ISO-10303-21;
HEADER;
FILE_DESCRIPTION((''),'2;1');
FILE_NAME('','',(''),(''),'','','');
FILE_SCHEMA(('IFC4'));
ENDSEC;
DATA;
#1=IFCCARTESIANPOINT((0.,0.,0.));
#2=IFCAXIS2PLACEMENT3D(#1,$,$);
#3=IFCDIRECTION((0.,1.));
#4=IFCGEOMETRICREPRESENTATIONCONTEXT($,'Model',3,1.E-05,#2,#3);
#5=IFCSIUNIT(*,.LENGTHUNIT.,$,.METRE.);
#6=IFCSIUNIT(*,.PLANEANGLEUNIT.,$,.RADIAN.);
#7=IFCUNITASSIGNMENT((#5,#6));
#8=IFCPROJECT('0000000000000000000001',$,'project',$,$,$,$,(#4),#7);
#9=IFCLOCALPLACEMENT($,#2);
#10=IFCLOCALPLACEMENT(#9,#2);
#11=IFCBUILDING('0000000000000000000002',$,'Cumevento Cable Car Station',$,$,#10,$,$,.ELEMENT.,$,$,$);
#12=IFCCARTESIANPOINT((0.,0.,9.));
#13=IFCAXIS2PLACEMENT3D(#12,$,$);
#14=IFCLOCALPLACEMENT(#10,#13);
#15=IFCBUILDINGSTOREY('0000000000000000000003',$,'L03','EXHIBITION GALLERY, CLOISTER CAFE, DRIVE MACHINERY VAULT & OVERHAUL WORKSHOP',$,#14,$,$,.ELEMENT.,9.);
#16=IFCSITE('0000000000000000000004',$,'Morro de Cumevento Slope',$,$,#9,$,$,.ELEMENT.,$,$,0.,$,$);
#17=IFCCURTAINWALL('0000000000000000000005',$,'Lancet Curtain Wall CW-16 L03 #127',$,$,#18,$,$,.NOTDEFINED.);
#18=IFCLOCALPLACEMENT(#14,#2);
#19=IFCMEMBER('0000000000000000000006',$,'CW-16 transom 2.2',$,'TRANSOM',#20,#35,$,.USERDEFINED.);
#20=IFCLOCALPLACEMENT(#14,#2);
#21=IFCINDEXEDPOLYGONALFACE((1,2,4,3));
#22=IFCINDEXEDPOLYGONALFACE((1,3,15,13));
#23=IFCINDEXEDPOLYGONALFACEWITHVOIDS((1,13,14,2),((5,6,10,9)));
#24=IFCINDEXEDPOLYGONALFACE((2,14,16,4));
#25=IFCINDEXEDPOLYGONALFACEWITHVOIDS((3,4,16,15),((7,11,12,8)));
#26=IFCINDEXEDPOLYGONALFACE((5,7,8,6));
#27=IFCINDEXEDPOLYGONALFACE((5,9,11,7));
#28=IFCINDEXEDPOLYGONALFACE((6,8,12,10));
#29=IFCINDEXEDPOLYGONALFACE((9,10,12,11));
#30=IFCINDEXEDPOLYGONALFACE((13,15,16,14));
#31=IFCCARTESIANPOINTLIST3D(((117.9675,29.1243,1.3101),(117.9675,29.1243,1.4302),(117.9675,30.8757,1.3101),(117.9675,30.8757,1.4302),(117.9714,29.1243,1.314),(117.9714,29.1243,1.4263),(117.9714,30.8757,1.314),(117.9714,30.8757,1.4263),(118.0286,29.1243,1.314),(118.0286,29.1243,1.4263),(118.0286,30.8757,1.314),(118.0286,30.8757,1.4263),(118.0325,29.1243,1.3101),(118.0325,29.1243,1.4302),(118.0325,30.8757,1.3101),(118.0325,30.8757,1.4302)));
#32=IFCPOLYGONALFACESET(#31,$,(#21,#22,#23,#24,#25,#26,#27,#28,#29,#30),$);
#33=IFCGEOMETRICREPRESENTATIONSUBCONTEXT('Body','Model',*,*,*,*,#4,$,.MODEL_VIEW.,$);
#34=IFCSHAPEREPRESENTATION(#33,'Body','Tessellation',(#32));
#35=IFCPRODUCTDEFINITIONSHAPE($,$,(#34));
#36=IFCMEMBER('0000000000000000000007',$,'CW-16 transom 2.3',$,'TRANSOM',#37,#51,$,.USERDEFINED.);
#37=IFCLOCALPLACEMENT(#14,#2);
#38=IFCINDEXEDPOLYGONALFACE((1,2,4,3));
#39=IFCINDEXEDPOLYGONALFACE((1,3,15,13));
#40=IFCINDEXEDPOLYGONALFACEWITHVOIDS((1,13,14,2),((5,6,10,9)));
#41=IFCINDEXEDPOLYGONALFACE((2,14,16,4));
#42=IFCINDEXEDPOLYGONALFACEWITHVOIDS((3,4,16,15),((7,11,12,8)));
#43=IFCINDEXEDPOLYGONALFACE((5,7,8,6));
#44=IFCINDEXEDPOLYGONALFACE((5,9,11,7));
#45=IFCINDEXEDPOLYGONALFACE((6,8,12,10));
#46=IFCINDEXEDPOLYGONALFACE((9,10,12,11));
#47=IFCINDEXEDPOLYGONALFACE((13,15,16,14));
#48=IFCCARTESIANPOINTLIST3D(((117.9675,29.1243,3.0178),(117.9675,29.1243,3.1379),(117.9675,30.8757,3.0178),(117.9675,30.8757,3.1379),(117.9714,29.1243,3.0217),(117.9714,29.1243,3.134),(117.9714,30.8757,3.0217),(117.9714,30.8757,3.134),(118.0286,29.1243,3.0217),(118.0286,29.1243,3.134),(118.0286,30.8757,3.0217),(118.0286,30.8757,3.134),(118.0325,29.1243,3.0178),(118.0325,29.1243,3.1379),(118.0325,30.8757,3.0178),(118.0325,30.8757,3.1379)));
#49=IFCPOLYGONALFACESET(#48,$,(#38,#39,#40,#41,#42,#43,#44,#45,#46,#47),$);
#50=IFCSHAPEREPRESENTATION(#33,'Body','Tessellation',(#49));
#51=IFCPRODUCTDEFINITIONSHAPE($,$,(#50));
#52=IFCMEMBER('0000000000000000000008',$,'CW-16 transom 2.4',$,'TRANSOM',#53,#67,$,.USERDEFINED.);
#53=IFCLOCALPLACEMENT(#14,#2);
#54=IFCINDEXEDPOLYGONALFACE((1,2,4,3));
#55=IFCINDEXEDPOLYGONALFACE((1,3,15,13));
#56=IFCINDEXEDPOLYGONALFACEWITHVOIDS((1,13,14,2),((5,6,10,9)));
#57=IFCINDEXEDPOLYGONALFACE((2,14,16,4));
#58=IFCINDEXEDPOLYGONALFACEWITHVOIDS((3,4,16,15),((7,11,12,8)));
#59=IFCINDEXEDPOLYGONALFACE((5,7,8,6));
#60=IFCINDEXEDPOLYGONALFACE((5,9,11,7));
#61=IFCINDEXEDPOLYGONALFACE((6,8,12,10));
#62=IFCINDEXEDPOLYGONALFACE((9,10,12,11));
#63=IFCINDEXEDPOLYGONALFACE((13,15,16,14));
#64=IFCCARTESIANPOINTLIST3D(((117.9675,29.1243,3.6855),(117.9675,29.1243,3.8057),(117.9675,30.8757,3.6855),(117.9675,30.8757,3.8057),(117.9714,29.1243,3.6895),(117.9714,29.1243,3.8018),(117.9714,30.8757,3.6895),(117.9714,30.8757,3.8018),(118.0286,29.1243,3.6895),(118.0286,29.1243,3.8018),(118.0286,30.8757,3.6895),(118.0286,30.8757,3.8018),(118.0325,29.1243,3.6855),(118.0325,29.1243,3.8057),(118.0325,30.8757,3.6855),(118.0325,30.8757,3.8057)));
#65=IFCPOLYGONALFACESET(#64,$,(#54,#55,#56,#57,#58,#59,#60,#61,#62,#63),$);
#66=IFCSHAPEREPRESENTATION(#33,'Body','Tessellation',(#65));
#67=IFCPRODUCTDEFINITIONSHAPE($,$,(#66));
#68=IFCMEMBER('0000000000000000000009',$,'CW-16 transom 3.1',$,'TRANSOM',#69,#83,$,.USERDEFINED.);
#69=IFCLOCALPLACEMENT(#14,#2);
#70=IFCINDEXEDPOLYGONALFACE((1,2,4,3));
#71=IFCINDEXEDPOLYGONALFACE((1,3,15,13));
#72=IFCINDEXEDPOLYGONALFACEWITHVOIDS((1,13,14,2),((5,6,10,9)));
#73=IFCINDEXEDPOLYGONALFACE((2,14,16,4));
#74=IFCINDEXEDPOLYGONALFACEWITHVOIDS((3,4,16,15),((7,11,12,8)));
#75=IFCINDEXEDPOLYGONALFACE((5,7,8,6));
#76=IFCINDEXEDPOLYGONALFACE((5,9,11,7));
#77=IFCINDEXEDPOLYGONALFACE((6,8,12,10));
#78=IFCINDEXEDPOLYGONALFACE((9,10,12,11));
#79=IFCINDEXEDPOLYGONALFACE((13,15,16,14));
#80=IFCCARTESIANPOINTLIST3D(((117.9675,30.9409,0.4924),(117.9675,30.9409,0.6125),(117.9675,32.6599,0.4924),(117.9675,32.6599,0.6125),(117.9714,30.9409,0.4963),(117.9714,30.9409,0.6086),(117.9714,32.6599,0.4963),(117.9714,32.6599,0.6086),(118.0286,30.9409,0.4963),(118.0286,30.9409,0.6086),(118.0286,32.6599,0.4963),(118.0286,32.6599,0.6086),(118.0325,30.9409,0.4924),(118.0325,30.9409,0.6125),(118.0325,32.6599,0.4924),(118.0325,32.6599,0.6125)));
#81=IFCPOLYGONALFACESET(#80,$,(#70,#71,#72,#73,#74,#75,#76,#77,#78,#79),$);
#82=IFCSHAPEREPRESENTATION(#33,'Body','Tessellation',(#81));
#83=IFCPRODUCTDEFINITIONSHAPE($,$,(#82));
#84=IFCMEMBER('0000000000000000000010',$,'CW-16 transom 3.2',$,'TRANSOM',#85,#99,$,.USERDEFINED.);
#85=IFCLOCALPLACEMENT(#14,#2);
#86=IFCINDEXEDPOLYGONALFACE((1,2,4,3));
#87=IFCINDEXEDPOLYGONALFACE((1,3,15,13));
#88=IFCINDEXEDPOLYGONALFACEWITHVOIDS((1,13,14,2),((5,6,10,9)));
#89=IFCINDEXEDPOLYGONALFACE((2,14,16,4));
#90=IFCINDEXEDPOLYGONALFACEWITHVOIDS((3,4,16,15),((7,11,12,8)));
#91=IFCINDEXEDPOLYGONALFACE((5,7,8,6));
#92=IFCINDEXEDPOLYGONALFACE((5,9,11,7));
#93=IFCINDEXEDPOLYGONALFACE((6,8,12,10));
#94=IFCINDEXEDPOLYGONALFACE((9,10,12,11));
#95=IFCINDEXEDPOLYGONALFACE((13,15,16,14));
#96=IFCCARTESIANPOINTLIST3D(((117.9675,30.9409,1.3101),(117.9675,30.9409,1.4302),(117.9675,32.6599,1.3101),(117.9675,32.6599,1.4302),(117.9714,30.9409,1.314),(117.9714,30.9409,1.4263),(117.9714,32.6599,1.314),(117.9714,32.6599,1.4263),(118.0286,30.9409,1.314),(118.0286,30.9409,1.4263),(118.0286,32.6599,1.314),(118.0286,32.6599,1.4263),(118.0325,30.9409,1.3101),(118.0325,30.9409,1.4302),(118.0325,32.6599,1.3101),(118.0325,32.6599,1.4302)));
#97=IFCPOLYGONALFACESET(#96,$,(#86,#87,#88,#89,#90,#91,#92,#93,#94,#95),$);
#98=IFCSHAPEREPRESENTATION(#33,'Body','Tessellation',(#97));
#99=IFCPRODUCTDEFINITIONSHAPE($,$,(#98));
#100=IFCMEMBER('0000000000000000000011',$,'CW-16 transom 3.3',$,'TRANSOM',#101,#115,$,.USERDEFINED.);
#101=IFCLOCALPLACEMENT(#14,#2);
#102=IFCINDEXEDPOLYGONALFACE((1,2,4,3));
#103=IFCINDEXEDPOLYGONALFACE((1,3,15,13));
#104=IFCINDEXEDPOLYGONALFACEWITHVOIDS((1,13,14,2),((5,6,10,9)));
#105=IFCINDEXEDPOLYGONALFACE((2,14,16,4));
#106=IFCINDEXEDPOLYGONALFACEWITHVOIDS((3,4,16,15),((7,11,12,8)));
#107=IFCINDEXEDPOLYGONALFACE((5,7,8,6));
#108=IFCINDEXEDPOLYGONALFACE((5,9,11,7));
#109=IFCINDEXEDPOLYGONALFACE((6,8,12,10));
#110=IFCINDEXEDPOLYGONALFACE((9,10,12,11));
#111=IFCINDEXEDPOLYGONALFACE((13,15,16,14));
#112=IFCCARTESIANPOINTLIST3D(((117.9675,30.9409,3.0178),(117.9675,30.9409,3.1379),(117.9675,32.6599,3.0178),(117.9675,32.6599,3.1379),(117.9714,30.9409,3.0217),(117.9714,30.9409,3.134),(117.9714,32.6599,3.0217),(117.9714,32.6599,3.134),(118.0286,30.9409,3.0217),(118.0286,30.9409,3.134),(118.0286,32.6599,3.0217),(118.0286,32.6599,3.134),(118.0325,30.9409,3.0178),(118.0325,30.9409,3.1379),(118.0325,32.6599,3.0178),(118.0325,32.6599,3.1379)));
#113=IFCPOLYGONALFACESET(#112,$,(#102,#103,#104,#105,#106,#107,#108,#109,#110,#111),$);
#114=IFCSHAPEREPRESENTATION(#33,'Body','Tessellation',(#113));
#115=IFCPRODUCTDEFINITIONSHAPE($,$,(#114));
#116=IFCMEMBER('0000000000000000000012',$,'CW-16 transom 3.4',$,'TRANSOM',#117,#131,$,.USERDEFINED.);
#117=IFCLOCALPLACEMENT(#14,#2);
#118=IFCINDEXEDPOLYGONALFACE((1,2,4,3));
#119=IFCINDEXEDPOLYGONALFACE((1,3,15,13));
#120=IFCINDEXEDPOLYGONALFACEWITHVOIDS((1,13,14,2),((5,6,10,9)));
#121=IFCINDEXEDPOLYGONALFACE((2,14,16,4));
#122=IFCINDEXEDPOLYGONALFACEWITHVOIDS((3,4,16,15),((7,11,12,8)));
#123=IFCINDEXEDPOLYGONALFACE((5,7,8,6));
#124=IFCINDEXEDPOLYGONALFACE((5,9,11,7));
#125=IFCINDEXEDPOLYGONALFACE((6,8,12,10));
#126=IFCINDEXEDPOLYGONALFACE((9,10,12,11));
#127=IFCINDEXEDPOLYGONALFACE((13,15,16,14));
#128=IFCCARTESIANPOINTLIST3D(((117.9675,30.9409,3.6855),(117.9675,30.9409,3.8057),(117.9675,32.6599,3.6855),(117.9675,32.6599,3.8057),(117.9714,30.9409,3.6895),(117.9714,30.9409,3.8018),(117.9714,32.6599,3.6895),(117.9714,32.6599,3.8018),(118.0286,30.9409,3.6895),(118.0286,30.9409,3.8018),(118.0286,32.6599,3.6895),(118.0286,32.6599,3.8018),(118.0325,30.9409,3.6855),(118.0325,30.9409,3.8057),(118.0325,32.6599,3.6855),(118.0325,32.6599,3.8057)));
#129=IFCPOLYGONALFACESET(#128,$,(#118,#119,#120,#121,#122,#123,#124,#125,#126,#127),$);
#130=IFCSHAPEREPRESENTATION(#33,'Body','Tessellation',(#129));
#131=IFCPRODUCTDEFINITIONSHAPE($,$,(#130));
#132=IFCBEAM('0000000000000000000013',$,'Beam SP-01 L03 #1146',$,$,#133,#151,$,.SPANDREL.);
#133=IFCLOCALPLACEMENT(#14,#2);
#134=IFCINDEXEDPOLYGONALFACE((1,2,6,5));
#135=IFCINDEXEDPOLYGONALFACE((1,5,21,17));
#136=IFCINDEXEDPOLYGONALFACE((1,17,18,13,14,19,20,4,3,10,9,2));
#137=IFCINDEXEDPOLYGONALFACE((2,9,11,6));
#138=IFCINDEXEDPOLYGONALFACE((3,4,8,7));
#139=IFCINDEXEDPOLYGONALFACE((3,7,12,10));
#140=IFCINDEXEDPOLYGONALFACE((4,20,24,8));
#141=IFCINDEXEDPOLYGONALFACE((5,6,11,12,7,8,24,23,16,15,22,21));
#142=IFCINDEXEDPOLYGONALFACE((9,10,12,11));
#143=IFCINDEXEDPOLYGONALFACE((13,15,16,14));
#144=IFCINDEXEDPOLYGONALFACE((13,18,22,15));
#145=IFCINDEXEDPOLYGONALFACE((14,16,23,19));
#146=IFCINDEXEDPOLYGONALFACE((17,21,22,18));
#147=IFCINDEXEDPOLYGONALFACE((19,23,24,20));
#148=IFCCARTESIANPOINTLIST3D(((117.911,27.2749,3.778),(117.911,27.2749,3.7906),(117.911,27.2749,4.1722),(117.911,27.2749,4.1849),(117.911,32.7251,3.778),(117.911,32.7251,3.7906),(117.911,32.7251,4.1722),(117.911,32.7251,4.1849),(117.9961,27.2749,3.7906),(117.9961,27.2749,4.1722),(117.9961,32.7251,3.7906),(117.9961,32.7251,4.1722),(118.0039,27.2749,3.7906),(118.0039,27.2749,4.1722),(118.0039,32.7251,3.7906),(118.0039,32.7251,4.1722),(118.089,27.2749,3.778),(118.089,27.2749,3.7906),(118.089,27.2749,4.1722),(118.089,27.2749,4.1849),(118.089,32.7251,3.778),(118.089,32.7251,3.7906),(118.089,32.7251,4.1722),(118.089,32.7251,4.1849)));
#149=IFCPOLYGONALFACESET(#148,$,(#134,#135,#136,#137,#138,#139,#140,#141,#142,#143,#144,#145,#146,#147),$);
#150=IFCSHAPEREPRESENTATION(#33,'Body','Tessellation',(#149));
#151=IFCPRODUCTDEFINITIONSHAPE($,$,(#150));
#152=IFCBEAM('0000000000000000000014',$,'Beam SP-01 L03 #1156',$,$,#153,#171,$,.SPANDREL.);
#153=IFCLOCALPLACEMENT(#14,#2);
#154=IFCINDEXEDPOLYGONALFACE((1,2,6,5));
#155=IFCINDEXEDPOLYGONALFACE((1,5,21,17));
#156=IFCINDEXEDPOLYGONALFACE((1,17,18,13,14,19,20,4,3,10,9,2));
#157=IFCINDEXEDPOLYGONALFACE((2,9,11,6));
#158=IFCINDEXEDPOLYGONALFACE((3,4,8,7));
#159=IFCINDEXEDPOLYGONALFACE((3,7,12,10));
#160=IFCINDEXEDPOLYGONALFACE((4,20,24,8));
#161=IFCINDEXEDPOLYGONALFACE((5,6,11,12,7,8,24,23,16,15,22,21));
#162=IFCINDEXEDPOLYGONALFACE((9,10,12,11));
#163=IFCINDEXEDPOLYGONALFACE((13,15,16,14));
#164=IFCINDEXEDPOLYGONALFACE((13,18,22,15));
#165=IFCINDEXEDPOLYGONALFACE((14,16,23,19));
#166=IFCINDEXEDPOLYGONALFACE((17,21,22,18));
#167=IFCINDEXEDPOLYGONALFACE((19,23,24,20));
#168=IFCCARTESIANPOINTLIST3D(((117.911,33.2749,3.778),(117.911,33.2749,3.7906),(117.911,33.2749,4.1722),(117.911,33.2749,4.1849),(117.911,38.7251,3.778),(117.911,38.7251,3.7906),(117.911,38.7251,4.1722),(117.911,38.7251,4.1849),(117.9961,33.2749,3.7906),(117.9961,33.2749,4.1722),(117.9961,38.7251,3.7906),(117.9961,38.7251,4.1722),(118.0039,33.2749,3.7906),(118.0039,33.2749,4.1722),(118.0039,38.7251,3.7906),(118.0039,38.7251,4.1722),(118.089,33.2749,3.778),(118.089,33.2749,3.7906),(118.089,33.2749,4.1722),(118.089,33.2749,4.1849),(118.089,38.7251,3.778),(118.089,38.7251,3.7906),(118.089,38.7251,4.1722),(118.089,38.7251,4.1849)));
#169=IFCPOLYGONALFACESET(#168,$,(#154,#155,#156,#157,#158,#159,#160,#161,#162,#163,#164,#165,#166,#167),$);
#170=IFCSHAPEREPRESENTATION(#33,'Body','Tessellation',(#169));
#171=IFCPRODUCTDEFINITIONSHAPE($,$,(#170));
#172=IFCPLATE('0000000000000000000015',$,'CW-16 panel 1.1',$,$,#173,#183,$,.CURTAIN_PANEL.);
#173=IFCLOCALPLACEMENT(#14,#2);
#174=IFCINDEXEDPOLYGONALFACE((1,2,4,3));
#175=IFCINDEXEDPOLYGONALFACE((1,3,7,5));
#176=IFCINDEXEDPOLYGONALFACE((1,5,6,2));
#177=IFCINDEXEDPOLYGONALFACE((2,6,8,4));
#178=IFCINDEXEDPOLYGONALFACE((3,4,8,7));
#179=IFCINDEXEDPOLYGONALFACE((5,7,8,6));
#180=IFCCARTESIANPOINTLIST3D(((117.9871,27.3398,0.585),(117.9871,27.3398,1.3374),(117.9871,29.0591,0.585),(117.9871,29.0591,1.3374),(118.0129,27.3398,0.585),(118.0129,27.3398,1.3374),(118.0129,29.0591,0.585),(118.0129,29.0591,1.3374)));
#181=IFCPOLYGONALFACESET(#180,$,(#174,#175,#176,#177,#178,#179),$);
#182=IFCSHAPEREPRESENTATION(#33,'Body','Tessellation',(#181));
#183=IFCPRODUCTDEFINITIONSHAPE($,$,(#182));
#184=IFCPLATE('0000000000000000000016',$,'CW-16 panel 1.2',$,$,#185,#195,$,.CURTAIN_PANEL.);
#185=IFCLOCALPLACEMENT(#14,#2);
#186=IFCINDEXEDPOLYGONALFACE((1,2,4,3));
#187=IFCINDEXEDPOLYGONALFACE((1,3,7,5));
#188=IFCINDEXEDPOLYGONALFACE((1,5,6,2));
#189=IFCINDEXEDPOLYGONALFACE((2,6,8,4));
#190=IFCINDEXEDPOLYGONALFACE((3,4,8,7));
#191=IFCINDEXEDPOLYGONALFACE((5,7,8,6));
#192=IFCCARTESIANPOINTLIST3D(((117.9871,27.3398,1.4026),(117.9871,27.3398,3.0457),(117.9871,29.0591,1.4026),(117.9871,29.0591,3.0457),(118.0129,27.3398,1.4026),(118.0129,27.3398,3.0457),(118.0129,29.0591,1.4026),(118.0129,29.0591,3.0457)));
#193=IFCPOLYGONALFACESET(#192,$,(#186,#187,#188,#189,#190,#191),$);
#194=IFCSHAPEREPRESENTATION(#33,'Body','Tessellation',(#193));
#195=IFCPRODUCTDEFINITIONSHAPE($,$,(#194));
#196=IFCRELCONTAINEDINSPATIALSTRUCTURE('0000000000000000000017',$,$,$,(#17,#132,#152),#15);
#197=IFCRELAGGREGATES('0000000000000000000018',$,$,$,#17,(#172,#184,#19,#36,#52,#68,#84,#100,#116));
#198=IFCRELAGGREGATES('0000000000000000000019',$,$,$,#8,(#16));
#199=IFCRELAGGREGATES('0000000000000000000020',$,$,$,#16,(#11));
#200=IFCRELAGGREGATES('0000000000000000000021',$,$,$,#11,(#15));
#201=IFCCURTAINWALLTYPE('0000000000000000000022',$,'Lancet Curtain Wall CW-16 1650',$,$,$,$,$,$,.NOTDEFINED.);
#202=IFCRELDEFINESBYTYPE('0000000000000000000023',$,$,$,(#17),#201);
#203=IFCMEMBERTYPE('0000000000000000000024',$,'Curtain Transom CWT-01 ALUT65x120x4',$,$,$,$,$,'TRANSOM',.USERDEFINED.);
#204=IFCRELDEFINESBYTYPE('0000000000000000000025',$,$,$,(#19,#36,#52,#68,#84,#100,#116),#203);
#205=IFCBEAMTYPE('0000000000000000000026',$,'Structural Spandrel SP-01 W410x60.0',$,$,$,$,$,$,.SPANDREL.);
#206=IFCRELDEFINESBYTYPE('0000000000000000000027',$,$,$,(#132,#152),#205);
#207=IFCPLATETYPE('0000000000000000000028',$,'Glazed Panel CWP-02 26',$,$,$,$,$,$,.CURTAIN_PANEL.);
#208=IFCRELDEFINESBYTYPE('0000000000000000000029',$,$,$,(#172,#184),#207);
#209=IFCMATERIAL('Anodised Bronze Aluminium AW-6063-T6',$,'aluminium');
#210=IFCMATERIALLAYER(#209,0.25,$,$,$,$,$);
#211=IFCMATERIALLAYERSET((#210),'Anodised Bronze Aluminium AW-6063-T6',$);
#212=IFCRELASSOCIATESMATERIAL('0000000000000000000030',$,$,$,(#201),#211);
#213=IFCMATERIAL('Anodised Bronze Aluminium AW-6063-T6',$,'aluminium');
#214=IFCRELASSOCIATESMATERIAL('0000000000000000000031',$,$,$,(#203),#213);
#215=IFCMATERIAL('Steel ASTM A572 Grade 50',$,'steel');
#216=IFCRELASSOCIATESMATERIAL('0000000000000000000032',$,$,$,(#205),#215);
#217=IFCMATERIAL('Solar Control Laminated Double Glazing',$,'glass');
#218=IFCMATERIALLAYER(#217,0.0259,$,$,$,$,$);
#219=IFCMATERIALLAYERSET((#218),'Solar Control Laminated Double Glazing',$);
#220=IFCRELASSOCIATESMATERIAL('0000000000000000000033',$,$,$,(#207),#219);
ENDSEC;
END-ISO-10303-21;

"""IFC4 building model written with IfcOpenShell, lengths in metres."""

from ifc_helpers import new_model, si_unit, direction, frame, origin, origin_2d, place, context, subcontext, project, spatial, rectangle, hollow_rectangle, i_section, extrude, material, layer, layer_set, material_profile, profile_set, type_object, element, aggregate, save


model = new_model("IFC4")

# Units and contexts
model_context = context("Model", 3, precision=1e-05, world=origin(), true_north=direction((0.0, 1.0)))
body_context = subcontext(model_context, "Body", "Model", "MODEL_VIEW")
ifc_project = project(units=[si_unit("LENGTHUNIT", "METRE"), si_unit("PLANEANGLEUNIT", "RADIAN")], contexts=[model_context])

# Site, building, storey
site_placement = place(None, origin())
site = spatial("IfcSite", under=ifc_project, at=site_placement, Name="Morro de Cumevento Slope", CompositionType="ELEMENT", RefElevation=0.0)
building_placement = place(site_placement, origin())
building = spatial("IfcBuilding", under=site, at=building_placement, Name="Cumevento Cable Car Station", CompositionType="ELEMENT")
storey_placement = place(building_placement, frame((0.0, 0.0, 9.0)))
storey = spatial("IfcBuildingStorey", under=building, at=storey_placement, Name="L03", Description="EXHIBITION GALLERY, CLOISTER CAFE, DRIVE MACHINERY VAULT & OVERHAUL WORKSHOP", CompositionType="ELEMENT", Elevation=9.0)

# Curtain wall, members
ifc_material_1 = material(Name="Anodised Bronze Aluminium AW-6063-T6", Category="aluminium")
ifc_layer_1 = layer(ifc_material_1, 0.25)
ifc_layer_set_1 = layer_set([ifc_layer_1], Name="Anodised Bronze Aluminium AW-6063-T6")
curtain_wall_type = type_object("IfcCurtainWallType", Name="Lancet Curtain Wall CW-16 1650", PredefinedType="NOTDEFINED", material=ifc_layer_set_1)
curtain_wall_placement = place(storey_placement, origin())
curtain_wall = element("IfcCurtainWall", 1, at=curtain_wall_placement, inside=storey, type_object=curtain_wall_type, Name="Lancet Curtain Wall CW-16 L03 #127", PredefinedType="NOTDEFINED")
ifc_material_2 = material(Name="Anodised Bronze Aluminium AW-6063-T6", Category="aluminium")
ifc_material_profile_1 = material_profile(ifc_material_2, hollow_rectangle(XDim=0.0649, YDim=0.1201, WallThickness=0.0039, at=origin_2d()), Name="ALUT65x120x4")
ifc_profile_set_1 = profile_set([ifc_material_profile_1], Name="Anodised Bronze Aluminium AW-6063-T6")
member_type_1 = type_object("IfcMemberType", Name="Curtain Transom CWT-01 ALUT65x120x4", ElementType="TRANSOM", PredefinedType="USERDEFINED", material=ifc_profile_set_1)
member_1_placement = place(storey_placement, frame((118.0, 29.1243, 1.3701), z_axis=(0.0, 1.0, 0.0), x_axis=(-1.0, 0.0, 0.0)))
member_1 = element("IfcMember", 2, at=member_1_placement, type_object=member_type_1, Name="CW-16 transom 2.2", ObjectType="TRANSOM", PredefinedType="USERDEFINED", context=body_context, shape_type="SweptSolid", body=[
    extrude(hollow_rectangle(XDim=0.0649, YDim=0.1201, WallThickness=0.0039, at=origin_2d()), origin(), (0.0, 0.0, 1.0), 1.7515),
])
member_2_placement = place(storey_placement, frame((118.0, 29.1243, 3.0779), z_axis=(0.0, 1.0, 0.0), x_axis=(-1.0, 0.0, 0.0)))
member_2 = element("IfcMember", 3, at=member_2_placement, type_object=member_type_1, Name="CW-16 transom 2.3", ObjectType="TRANSOM", PredefinedType="USERDEFINED", context=body_context, shape_type="SweptSolid", body=[
    extrude(hollow_rectangle(XDim=0.0649, YDim=0.1201, WallThickness=0.0039, at=origin_2d()), origin(), (0.0, 0.0, 1.0), 1.7515),
])
member_3_placement = place(storey_placement, frame((118.0, 29.1243, 3.7456), z_axis=(0.0, 1.0, 0.0), x_axis=(-1.0, 0.0, 0.0)))
member_3 = element("IfcMember", 4, at=member_3_placement, type_object=member_type_1, Name="CW-16 transom 2.4", ObjectType="TRANSOM", PredefinedType="USERDEFINED", context=body_context, shape_type="SweptSolid", body=[
    extrude(hollow_rectangle(XDim=0.0649, YDim=0.1201, WallThickness=0.0039, at=origin_2d()), origin(), (0.0, 0.0, 1.0), 1.7515),
])
member_4_placement = place(storey_placement, frame((118.0, 30.9409, 0.5525), z_axis=(0.0, 1.0, 0.0), x_axis=(-1.0, 0.0, 0.0)))
member_4 = element("IfcMember", 5, at=member_4_placement, type_object=member_type_1, Name="CW-16 transom 3.1", ObjectType="TRANSOM", PredefinedType="USERDEFINED", context=body_context, shape_type="SweptSolid", body=[
    extrude(hollow_rectangle(XDim=0.0649, YDim=0.1201, WallThickness=0.0039, at=origin_2d()), origin(), (0.0, 0.0, 1.0), 1.719),
])
member_5_placement = place(storey_placement, frame((118.0, 30.9409, 1.3701), z_axis=(0.0, 1.0, 0.0), x_axis=(-1.0, 0.0, 0.0)))
member_5 = element("IfcMember", 6, at=member_5_placement, type_object=member_type_1, Name="CW-16 transom 3.2", ObjectType="TRANSOM", PredefinedType="USERDEFINED", context=body_context, shape_type="SweptSolid", body=[
    extrude(hollow_rectangle(XDim=0.0649, YDim=0.1201, WallThickness=0.0039, at=origin_2d()), origin(), (0.0, 0.0, 1.0), 1.719),
])
member_6_placement = place(storey_placement, frame((118.0, 30.9409, 3.0779), z_axis=(0.0, 1.0, 0.0), x_axis=(-1.0, 0.0, 0.0)))
member_6 = element("IfcMember", 7, at=member_6_placement, type_object=member_type_1, Name="CW-16 transom 3.3", ObjectType="TRANSOM", PredefinedType="USERDEFINED", context=body_context, shape_type="SweptSolid", body=[
    extrude(hollow_rectangle(XDim=0.0649, YDim=0.1201, WallThickness=0.0039, at=origin_2d()), origin(), (0.0, 0.0, 1.0), 1.719),
])
member_7_placement = place(storey_placement, frame((118.0, 30.9409, 3.7456), z_axis=(0.0, 1.0, 0.0), x_axis=(-1.0, 0.0, 0.0)))
member_7 = element("IfcMember", 8, at=member_7_placement, type_object=member_type_1, Name="CW-16 transom 3.4", ObjectType="TRANSOM", PredefinedType="USERDEFINED", context=body_context, shape_type="SweptSolid", body=[
    extrude(hollow_rectangle(XDim=0.0649, YDim=0.1201, WallThickness=0.0039, at=origin_2d()), origin(), (0.0, 0.0, 1.0), 1.719),
])

# Beams
ifc_material_3 = material(Name="Steel ASTM A572 Grade 50", Category="steel")
ifc_material_profile_2 = material_profile(ifc_material_3, i_section(OverallWidth=0.178, OverallDepth=0.407, WebThickness=0.0078, FlangeThickness=0.0127, at=origin_2d()), Name="W410x60.0")
ifc_profile_set_2 = profile_set([ifc_material_profile_2], Name="Steel ASTM A572 Grade 50")
beam_type = type_object("IfcBeamType", Name="Structural Spandrel SP-01 W410x60.0", PredefinedType="SPANDREL", material=ifc_profile_set_2)
for number, where, z_axis, x_axis, name in (
    (9, (118.0, 27.2749, 3.9814), (0.0, 1.0, 0.0), (-1.0, 0.0, 0.0), "Beam SP-01 L03 #1146"),
    (10, (118.0, 33.2749, 3.9814), (0.0, 1.0, 0.0), (-1.0, 0.0, 0.0), "Beam SP-01 L03 #1156"),
):
    element("IfcBeam", number, at=place(storey_placement, frame(where, z_axis=z_axis, x_axis=x_axis)), inside=storey, type_object=beam_type, Name=name, PredefinedType="SPANDREL", context=body_context, shape_type="SweptSolid", body=[
        extrude(i_section(OverallWidth=0.178, OverallDepth=0.407, WebThickness=0.0078, FlangeThickness=0.0127, at=origin_2d()), origin(), (0.0, 0.0, 1.0), 5.4502),
    ])

# Plates
ifc_material_4 = material(Name="Solar Control Laminated Double Glazing", Category="glass")
ifc_layer_2 = layer(ifc_material_4, 0.0259)
ifc_layer_set_2 = layer_set([ifc_layer_2], Name="Solar Control Laminated Double Glazing")
plate_type = type_object("IfcPlateType", Name="Glazed Panel CWP-02 26", PredefinedType="CURTAIN_PANEL", material=ifc_layer_set_2)
plate_1_placement = place(storey_placement, frame((118.0, 28.1995, 0.585), z_axis=(0.0, 0.0, 1.0), x_axis=(0.0, 1.0, 0.0)))
plate_1 = element("IfcPlate", 11, at=plate_1_placement, type_object=plate_type, Name="CW-16 panel 1.1", PredefinedType="CURTAIN_PANEL", context=body_context, shape_type="SweptSolid", body=[
    extrude(rectangle(XDim=1.7192, YDim=0.0259, at=origin_2d()), origin(), (0.0, 0.0, 1.0), 0.7524),
])
plate_2_placement = place(storey_placement, frame((118.0, 28.1995, 1.4026), z_axis=(0.0, 0.0, 1.0), x_axis=(0.0, 1.0, 0.0)))
plate_2 = element("IfcPlate", 12, at=plate_2_placement, type_object=plate_type, Name="CW-16 panel 1.2", PredefinedType="CURTAIN_PANEL", context=body_context, shape_type="SweptSolid", body=[
    extrude(rectangle(XDim=1.7192, YDim=0.0259, at=origin_2d()), origin(), (0.0, 0.0, 1.0), 1.6431),
])
aggregate(curtain_wall, [plate_1, plate_2, member_1, member_2, member_3, member_4, member_5, member_6, member_7])

save(model, "model.ifc")
